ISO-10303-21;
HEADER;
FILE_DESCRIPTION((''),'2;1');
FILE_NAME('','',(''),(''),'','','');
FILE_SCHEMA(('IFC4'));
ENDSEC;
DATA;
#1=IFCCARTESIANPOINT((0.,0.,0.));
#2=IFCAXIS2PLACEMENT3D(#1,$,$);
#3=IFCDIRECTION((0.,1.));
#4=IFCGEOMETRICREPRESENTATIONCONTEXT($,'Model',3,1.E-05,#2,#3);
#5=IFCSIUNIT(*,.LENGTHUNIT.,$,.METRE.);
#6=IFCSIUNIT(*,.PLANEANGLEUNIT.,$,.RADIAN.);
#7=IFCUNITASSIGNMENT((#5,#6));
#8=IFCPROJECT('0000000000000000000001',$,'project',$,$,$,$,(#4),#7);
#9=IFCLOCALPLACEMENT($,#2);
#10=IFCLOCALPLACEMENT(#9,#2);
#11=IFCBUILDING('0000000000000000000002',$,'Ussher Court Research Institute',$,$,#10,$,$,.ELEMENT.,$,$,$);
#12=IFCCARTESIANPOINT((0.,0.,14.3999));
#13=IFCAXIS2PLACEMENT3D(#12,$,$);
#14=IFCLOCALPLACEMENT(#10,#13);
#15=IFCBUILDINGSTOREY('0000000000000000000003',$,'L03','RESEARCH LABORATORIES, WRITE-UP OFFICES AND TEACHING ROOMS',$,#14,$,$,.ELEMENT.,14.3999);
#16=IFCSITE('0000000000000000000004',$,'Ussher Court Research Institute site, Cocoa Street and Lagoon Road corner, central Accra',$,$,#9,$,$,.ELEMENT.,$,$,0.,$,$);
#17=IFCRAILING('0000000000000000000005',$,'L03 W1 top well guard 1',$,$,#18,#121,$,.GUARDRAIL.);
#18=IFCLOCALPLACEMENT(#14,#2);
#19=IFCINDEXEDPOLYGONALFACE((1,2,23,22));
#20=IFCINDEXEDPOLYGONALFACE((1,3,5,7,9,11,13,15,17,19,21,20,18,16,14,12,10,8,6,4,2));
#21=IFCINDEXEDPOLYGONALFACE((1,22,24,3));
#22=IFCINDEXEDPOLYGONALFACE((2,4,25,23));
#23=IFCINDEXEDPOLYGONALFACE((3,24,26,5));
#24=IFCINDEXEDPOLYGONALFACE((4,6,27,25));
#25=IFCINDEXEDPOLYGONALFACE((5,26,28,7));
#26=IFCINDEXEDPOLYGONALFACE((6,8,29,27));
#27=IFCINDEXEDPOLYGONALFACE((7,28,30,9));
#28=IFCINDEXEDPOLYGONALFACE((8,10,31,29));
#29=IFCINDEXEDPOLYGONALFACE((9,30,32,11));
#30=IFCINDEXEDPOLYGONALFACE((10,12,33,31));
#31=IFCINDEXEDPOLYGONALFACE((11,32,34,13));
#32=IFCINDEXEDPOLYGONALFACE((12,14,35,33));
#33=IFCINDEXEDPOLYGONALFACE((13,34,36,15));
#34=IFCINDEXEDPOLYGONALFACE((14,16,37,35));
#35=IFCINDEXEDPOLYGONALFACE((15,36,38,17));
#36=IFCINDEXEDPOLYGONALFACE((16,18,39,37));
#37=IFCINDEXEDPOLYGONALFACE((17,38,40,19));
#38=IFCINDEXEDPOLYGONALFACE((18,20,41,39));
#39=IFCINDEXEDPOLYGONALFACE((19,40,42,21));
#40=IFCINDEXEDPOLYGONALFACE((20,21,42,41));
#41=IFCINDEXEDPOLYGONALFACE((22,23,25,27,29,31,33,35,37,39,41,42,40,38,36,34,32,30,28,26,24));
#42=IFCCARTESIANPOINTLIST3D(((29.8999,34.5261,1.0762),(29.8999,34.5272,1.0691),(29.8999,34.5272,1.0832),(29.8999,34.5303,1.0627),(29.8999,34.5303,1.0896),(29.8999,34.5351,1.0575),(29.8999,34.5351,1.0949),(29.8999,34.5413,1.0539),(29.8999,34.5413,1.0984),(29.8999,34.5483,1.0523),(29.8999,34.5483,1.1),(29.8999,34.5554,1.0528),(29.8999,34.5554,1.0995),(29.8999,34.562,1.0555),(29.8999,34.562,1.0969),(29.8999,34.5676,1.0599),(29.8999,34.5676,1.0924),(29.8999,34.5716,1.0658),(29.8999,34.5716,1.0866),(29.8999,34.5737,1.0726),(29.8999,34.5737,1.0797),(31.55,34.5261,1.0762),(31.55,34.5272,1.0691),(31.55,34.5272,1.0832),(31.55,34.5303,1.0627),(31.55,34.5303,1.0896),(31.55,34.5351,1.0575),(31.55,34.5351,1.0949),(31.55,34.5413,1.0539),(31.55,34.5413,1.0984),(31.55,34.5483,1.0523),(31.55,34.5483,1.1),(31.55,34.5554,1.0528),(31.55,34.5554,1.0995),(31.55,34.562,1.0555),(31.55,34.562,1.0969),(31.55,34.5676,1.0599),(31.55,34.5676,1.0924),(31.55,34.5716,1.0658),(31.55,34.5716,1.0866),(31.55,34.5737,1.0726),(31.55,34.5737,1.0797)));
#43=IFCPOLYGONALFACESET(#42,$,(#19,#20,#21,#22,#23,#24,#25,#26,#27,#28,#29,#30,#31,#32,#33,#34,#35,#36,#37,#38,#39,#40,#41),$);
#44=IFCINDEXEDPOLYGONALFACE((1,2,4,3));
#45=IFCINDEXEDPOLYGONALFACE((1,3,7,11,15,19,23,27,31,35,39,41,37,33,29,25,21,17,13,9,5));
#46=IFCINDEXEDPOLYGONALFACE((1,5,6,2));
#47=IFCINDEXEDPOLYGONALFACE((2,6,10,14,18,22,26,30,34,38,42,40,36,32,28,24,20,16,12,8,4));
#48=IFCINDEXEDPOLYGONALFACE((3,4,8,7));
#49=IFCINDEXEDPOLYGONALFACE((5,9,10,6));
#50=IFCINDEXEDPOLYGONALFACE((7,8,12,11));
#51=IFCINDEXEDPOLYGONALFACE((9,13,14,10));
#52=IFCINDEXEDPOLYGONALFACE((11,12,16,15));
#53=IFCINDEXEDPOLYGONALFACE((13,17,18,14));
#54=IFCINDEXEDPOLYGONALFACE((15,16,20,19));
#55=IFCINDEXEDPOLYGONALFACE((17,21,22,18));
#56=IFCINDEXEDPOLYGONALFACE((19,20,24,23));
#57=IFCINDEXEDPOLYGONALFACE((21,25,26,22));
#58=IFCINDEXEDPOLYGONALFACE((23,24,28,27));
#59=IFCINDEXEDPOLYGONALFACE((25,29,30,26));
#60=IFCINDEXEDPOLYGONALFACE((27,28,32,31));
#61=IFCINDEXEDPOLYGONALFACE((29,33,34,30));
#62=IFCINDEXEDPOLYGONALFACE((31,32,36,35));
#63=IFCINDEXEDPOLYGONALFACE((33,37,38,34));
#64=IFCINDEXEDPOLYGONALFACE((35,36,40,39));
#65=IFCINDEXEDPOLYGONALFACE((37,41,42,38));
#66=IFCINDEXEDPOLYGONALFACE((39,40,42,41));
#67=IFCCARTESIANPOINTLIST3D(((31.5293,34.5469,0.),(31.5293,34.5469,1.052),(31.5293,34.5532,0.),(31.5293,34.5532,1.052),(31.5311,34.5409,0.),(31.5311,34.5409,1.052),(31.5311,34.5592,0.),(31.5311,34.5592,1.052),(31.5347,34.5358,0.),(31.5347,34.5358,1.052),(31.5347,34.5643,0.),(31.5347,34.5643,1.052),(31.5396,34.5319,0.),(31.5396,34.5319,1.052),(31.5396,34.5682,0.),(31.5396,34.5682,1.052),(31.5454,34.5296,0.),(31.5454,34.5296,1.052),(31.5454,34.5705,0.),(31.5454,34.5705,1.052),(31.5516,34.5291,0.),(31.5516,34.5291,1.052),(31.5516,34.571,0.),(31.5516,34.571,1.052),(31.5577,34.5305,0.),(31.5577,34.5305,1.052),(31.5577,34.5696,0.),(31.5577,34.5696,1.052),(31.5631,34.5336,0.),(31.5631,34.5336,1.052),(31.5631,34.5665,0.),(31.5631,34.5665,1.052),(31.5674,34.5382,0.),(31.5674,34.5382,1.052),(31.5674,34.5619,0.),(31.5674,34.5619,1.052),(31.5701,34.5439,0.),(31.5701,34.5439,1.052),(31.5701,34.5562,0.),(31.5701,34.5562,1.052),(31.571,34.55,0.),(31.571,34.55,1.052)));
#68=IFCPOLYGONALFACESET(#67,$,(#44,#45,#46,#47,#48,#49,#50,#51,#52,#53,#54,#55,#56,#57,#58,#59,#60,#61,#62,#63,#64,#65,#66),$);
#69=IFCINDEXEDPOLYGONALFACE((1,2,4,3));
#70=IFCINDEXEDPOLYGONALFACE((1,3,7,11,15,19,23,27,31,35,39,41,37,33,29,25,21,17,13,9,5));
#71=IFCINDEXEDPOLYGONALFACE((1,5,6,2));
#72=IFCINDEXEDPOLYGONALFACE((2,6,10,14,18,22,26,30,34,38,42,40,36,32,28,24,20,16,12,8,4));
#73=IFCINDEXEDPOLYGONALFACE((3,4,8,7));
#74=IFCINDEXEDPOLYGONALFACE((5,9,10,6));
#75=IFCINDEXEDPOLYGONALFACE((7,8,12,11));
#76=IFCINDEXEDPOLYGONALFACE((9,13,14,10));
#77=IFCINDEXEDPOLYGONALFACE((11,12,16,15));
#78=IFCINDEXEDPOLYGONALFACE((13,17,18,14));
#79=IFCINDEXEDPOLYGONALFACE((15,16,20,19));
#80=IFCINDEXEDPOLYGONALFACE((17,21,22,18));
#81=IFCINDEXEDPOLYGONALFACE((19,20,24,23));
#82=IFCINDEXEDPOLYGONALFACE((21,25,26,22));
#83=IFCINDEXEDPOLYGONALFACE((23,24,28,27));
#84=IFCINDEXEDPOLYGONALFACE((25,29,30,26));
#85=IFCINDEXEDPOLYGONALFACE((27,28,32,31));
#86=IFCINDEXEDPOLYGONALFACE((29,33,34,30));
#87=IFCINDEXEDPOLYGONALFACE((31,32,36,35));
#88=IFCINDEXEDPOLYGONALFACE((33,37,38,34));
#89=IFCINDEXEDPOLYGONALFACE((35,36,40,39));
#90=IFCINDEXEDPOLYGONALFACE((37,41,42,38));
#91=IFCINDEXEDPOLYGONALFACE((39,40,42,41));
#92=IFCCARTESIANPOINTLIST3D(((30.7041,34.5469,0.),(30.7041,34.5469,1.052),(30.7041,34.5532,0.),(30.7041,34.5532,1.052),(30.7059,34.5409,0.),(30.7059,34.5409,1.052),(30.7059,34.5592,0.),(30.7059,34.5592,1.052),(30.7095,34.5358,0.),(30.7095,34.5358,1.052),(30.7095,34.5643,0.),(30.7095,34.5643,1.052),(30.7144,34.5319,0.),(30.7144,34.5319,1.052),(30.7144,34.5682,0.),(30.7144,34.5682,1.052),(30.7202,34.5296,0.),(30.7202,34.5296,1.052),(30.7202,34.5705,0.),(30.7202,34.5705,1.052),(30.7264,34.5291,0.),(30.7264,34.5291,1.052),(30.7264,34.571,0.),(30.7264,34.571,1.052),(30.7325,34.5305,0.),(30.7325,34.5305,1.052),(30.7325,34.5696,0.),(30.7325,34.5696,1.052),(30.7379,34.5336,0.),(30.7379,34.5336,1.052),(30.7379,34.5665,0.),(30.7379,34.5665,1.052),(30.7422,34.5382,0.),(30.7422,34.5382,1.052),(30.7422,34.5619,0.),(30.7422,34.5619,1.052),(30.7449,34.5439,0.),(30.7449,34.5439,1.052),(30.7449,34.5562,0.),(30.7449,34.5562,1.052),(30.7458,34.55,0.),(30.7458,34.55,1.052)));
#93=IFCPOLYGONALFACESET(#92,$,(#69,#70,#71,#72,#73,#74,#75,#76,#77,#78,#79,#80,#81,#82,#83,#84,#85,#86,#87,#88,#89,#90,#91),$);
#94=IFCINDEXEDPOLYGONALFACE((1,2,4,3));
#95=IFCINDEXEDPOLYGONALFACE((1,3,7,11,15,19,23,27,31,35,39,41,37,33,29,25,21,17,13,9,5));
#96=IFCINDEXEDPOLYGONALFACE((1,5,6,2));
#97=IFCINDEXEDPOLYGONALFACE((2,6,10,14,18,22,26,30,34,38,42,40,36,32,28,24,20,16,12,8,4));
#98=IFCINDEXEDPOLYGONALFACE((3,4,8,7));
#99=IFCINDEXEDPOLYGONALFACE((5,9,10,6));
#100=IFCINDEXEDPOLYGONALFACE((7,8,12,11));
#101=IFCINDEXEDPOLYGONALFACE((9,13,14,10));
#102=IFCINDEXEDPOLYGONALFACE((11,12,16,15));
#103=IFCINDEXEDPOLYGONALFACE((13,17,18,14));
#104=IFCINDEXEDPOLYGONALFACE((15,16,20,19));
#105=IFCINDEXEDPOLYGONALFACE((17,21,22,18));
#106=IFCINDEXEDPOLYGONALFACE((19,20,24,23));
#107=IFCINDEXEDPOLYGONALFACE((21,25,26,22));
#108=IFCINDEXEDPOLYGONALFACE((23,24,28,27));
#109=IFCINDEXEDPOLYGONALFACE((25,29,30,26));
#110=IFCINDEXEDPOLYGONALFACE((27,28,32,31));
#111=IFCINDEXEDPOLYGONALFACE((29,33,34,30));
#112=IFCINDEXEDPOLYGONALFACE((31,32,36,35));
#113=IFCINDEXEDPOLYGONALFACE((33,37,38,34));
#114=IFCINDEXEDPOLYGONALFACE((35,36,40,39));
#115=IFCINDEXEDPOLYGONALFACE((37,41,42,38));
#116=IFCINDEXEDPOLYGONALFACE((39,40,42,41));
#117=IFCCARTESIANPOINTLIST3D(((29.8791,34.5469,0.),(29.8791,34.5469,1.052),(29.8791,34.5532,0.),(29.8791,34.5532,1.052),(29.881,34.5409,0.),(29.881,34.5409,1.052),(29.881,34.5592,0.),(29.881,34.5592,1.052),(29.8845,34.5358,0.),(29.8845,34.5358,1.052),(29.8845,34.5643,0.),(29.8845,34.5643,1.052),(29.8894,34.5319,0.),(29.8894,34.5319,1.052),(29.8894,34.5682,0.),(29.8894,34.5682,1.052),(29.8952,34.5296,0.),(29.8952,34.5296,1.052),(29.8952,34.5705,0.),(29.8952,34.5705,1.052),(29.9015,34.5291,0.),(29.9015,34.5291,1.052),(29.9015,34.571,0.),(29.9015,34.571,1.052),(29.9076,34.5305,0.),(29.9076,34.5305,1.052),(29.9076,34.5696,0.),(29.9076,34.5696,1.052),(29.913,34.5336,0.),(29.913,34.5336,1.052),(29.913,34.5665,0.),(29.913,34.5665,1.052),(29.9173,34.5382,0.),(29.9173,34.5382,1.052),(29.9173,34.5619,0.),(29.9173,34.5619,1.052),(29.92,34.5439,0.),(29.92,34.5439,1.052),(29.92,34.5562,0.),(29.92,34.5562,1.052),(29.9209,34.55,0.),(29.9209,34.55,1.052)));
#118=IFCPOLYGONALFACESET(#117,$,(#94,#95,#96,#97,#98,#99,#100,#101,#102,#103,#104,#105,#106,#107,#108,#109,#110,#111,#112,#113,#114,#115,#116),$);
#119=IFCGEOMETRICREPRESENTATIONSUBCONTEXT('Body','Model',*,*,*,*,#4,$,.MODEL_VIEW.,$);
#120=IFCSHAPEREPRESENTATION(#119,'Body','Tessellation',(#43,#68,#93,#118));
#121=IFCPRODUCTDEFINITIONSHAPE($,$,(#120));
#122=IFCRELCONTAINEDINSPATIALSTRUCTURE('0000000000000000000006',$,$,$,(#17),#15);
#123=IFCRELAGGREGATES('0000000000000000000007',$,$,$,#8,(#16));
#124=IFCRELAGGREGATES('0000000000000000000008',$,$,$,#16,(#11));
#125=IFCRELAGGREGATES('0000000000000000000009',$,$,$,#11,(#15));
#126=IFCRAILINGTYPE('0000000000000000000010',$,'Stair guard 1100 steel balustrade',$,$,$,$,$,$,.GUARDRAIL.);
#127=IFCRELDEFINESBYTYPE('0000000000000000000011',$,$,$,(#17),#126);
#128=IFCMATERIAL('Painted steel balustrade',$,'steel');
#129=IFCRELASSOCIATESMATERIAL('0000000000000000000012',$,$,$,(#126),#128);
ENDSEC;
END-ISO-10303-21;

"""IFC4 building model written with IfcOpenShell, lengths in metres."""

from ifc_helpers import new_model, si_unit, direction, frame, origin, origin_2d, place, context, subcontext, project, spatial, circle, extrude, material, type_object, element, save


model = new_model("IFC4")

# Units and contexts
model_context = context("Model", 3, precision=1e-05, world=origin(), true_north=direction((0.0, 1.0)))
body_context = subcontext(model_context, "Body", "Model", "MODEL_VIEW")
ifc_project = project(units=[si_unit("LENGTHUNIT", "METRE"), si_unit("PLANEANGLEUNIT", "RADIAN")], contexts=[model_context])

# Site, building, storey
site_placement = place(None, origin())
site = spatial("IfcSite", under=ifc_project, at=site_placement, Name="Ussher Court Research Institute site, Cocoa Street and Lagoon Road corner, central Accra", CompositionType="ELEMENT", RefElevation=0.0)
building_placement = place(site_placement, origin())
building = spatial("IfcBuilding", under=site, at=building_placement, Name="Ussher Court Research Institute", CompositionType="ELEMENT")
storey_placement = place(building_placement, frame((0.0, 0.0, 14.3999)))
storey = spatial("IfcBuildingStorey", under=building, at=storey_placement, Name="L03", Description="RESEARCH LABORATORIES, WRITE-UP OFFICES AND TEACHING ROOMS", CompositionType="ELEMENT", Elevation=14.3999)

# Railing
ifc_material_1 = material(Name="Painted steel balustrade", Category="steel")
railing_type = type_object("IfcRailingType", Name="Stair guard 1100 steel balustrade", PredefinedType="GUARDRAIL", material=ifc_material_1)
railing_placement = place(storey_placement, frame((31.55, 34.55, 0.0)))
element("IfcRailing", 1, at=railing_placement, inside=storey, type_object=railing_type, Name="L03 W1 top well guard 1", PredefinedType="GUARDRAIL", context=body_context, shape_type="SweptSolid", body=[
    extrude(circle(Radius=0.0239, at=origin_2d()), frame((0.0, 0.0, 1.0762), z_axis=(-1.0, 0.0, 0.0), x_axis=(0.0, -1.0, 0.0)), (0.0, 0.0, 1.0), 1.6501),
    extrude(circle(Radius=0.021, at=origin_2d()), origin(), (0.0, 0.0, 1.0), 1.052),
    extrude(circle(Radius=0.021, at=origin_2d()), frame((-0.8252, 0.0, 0.0)), (0.0, 0.0, 1.0), 1.052),
    extrude(circle(Radius=0.021, at=origin_2d()), frame((-1.6501, 0.0, 0.0)), (0.0, 0.0, 1.0), 1.052),
])

save(model, "model.ifc")
